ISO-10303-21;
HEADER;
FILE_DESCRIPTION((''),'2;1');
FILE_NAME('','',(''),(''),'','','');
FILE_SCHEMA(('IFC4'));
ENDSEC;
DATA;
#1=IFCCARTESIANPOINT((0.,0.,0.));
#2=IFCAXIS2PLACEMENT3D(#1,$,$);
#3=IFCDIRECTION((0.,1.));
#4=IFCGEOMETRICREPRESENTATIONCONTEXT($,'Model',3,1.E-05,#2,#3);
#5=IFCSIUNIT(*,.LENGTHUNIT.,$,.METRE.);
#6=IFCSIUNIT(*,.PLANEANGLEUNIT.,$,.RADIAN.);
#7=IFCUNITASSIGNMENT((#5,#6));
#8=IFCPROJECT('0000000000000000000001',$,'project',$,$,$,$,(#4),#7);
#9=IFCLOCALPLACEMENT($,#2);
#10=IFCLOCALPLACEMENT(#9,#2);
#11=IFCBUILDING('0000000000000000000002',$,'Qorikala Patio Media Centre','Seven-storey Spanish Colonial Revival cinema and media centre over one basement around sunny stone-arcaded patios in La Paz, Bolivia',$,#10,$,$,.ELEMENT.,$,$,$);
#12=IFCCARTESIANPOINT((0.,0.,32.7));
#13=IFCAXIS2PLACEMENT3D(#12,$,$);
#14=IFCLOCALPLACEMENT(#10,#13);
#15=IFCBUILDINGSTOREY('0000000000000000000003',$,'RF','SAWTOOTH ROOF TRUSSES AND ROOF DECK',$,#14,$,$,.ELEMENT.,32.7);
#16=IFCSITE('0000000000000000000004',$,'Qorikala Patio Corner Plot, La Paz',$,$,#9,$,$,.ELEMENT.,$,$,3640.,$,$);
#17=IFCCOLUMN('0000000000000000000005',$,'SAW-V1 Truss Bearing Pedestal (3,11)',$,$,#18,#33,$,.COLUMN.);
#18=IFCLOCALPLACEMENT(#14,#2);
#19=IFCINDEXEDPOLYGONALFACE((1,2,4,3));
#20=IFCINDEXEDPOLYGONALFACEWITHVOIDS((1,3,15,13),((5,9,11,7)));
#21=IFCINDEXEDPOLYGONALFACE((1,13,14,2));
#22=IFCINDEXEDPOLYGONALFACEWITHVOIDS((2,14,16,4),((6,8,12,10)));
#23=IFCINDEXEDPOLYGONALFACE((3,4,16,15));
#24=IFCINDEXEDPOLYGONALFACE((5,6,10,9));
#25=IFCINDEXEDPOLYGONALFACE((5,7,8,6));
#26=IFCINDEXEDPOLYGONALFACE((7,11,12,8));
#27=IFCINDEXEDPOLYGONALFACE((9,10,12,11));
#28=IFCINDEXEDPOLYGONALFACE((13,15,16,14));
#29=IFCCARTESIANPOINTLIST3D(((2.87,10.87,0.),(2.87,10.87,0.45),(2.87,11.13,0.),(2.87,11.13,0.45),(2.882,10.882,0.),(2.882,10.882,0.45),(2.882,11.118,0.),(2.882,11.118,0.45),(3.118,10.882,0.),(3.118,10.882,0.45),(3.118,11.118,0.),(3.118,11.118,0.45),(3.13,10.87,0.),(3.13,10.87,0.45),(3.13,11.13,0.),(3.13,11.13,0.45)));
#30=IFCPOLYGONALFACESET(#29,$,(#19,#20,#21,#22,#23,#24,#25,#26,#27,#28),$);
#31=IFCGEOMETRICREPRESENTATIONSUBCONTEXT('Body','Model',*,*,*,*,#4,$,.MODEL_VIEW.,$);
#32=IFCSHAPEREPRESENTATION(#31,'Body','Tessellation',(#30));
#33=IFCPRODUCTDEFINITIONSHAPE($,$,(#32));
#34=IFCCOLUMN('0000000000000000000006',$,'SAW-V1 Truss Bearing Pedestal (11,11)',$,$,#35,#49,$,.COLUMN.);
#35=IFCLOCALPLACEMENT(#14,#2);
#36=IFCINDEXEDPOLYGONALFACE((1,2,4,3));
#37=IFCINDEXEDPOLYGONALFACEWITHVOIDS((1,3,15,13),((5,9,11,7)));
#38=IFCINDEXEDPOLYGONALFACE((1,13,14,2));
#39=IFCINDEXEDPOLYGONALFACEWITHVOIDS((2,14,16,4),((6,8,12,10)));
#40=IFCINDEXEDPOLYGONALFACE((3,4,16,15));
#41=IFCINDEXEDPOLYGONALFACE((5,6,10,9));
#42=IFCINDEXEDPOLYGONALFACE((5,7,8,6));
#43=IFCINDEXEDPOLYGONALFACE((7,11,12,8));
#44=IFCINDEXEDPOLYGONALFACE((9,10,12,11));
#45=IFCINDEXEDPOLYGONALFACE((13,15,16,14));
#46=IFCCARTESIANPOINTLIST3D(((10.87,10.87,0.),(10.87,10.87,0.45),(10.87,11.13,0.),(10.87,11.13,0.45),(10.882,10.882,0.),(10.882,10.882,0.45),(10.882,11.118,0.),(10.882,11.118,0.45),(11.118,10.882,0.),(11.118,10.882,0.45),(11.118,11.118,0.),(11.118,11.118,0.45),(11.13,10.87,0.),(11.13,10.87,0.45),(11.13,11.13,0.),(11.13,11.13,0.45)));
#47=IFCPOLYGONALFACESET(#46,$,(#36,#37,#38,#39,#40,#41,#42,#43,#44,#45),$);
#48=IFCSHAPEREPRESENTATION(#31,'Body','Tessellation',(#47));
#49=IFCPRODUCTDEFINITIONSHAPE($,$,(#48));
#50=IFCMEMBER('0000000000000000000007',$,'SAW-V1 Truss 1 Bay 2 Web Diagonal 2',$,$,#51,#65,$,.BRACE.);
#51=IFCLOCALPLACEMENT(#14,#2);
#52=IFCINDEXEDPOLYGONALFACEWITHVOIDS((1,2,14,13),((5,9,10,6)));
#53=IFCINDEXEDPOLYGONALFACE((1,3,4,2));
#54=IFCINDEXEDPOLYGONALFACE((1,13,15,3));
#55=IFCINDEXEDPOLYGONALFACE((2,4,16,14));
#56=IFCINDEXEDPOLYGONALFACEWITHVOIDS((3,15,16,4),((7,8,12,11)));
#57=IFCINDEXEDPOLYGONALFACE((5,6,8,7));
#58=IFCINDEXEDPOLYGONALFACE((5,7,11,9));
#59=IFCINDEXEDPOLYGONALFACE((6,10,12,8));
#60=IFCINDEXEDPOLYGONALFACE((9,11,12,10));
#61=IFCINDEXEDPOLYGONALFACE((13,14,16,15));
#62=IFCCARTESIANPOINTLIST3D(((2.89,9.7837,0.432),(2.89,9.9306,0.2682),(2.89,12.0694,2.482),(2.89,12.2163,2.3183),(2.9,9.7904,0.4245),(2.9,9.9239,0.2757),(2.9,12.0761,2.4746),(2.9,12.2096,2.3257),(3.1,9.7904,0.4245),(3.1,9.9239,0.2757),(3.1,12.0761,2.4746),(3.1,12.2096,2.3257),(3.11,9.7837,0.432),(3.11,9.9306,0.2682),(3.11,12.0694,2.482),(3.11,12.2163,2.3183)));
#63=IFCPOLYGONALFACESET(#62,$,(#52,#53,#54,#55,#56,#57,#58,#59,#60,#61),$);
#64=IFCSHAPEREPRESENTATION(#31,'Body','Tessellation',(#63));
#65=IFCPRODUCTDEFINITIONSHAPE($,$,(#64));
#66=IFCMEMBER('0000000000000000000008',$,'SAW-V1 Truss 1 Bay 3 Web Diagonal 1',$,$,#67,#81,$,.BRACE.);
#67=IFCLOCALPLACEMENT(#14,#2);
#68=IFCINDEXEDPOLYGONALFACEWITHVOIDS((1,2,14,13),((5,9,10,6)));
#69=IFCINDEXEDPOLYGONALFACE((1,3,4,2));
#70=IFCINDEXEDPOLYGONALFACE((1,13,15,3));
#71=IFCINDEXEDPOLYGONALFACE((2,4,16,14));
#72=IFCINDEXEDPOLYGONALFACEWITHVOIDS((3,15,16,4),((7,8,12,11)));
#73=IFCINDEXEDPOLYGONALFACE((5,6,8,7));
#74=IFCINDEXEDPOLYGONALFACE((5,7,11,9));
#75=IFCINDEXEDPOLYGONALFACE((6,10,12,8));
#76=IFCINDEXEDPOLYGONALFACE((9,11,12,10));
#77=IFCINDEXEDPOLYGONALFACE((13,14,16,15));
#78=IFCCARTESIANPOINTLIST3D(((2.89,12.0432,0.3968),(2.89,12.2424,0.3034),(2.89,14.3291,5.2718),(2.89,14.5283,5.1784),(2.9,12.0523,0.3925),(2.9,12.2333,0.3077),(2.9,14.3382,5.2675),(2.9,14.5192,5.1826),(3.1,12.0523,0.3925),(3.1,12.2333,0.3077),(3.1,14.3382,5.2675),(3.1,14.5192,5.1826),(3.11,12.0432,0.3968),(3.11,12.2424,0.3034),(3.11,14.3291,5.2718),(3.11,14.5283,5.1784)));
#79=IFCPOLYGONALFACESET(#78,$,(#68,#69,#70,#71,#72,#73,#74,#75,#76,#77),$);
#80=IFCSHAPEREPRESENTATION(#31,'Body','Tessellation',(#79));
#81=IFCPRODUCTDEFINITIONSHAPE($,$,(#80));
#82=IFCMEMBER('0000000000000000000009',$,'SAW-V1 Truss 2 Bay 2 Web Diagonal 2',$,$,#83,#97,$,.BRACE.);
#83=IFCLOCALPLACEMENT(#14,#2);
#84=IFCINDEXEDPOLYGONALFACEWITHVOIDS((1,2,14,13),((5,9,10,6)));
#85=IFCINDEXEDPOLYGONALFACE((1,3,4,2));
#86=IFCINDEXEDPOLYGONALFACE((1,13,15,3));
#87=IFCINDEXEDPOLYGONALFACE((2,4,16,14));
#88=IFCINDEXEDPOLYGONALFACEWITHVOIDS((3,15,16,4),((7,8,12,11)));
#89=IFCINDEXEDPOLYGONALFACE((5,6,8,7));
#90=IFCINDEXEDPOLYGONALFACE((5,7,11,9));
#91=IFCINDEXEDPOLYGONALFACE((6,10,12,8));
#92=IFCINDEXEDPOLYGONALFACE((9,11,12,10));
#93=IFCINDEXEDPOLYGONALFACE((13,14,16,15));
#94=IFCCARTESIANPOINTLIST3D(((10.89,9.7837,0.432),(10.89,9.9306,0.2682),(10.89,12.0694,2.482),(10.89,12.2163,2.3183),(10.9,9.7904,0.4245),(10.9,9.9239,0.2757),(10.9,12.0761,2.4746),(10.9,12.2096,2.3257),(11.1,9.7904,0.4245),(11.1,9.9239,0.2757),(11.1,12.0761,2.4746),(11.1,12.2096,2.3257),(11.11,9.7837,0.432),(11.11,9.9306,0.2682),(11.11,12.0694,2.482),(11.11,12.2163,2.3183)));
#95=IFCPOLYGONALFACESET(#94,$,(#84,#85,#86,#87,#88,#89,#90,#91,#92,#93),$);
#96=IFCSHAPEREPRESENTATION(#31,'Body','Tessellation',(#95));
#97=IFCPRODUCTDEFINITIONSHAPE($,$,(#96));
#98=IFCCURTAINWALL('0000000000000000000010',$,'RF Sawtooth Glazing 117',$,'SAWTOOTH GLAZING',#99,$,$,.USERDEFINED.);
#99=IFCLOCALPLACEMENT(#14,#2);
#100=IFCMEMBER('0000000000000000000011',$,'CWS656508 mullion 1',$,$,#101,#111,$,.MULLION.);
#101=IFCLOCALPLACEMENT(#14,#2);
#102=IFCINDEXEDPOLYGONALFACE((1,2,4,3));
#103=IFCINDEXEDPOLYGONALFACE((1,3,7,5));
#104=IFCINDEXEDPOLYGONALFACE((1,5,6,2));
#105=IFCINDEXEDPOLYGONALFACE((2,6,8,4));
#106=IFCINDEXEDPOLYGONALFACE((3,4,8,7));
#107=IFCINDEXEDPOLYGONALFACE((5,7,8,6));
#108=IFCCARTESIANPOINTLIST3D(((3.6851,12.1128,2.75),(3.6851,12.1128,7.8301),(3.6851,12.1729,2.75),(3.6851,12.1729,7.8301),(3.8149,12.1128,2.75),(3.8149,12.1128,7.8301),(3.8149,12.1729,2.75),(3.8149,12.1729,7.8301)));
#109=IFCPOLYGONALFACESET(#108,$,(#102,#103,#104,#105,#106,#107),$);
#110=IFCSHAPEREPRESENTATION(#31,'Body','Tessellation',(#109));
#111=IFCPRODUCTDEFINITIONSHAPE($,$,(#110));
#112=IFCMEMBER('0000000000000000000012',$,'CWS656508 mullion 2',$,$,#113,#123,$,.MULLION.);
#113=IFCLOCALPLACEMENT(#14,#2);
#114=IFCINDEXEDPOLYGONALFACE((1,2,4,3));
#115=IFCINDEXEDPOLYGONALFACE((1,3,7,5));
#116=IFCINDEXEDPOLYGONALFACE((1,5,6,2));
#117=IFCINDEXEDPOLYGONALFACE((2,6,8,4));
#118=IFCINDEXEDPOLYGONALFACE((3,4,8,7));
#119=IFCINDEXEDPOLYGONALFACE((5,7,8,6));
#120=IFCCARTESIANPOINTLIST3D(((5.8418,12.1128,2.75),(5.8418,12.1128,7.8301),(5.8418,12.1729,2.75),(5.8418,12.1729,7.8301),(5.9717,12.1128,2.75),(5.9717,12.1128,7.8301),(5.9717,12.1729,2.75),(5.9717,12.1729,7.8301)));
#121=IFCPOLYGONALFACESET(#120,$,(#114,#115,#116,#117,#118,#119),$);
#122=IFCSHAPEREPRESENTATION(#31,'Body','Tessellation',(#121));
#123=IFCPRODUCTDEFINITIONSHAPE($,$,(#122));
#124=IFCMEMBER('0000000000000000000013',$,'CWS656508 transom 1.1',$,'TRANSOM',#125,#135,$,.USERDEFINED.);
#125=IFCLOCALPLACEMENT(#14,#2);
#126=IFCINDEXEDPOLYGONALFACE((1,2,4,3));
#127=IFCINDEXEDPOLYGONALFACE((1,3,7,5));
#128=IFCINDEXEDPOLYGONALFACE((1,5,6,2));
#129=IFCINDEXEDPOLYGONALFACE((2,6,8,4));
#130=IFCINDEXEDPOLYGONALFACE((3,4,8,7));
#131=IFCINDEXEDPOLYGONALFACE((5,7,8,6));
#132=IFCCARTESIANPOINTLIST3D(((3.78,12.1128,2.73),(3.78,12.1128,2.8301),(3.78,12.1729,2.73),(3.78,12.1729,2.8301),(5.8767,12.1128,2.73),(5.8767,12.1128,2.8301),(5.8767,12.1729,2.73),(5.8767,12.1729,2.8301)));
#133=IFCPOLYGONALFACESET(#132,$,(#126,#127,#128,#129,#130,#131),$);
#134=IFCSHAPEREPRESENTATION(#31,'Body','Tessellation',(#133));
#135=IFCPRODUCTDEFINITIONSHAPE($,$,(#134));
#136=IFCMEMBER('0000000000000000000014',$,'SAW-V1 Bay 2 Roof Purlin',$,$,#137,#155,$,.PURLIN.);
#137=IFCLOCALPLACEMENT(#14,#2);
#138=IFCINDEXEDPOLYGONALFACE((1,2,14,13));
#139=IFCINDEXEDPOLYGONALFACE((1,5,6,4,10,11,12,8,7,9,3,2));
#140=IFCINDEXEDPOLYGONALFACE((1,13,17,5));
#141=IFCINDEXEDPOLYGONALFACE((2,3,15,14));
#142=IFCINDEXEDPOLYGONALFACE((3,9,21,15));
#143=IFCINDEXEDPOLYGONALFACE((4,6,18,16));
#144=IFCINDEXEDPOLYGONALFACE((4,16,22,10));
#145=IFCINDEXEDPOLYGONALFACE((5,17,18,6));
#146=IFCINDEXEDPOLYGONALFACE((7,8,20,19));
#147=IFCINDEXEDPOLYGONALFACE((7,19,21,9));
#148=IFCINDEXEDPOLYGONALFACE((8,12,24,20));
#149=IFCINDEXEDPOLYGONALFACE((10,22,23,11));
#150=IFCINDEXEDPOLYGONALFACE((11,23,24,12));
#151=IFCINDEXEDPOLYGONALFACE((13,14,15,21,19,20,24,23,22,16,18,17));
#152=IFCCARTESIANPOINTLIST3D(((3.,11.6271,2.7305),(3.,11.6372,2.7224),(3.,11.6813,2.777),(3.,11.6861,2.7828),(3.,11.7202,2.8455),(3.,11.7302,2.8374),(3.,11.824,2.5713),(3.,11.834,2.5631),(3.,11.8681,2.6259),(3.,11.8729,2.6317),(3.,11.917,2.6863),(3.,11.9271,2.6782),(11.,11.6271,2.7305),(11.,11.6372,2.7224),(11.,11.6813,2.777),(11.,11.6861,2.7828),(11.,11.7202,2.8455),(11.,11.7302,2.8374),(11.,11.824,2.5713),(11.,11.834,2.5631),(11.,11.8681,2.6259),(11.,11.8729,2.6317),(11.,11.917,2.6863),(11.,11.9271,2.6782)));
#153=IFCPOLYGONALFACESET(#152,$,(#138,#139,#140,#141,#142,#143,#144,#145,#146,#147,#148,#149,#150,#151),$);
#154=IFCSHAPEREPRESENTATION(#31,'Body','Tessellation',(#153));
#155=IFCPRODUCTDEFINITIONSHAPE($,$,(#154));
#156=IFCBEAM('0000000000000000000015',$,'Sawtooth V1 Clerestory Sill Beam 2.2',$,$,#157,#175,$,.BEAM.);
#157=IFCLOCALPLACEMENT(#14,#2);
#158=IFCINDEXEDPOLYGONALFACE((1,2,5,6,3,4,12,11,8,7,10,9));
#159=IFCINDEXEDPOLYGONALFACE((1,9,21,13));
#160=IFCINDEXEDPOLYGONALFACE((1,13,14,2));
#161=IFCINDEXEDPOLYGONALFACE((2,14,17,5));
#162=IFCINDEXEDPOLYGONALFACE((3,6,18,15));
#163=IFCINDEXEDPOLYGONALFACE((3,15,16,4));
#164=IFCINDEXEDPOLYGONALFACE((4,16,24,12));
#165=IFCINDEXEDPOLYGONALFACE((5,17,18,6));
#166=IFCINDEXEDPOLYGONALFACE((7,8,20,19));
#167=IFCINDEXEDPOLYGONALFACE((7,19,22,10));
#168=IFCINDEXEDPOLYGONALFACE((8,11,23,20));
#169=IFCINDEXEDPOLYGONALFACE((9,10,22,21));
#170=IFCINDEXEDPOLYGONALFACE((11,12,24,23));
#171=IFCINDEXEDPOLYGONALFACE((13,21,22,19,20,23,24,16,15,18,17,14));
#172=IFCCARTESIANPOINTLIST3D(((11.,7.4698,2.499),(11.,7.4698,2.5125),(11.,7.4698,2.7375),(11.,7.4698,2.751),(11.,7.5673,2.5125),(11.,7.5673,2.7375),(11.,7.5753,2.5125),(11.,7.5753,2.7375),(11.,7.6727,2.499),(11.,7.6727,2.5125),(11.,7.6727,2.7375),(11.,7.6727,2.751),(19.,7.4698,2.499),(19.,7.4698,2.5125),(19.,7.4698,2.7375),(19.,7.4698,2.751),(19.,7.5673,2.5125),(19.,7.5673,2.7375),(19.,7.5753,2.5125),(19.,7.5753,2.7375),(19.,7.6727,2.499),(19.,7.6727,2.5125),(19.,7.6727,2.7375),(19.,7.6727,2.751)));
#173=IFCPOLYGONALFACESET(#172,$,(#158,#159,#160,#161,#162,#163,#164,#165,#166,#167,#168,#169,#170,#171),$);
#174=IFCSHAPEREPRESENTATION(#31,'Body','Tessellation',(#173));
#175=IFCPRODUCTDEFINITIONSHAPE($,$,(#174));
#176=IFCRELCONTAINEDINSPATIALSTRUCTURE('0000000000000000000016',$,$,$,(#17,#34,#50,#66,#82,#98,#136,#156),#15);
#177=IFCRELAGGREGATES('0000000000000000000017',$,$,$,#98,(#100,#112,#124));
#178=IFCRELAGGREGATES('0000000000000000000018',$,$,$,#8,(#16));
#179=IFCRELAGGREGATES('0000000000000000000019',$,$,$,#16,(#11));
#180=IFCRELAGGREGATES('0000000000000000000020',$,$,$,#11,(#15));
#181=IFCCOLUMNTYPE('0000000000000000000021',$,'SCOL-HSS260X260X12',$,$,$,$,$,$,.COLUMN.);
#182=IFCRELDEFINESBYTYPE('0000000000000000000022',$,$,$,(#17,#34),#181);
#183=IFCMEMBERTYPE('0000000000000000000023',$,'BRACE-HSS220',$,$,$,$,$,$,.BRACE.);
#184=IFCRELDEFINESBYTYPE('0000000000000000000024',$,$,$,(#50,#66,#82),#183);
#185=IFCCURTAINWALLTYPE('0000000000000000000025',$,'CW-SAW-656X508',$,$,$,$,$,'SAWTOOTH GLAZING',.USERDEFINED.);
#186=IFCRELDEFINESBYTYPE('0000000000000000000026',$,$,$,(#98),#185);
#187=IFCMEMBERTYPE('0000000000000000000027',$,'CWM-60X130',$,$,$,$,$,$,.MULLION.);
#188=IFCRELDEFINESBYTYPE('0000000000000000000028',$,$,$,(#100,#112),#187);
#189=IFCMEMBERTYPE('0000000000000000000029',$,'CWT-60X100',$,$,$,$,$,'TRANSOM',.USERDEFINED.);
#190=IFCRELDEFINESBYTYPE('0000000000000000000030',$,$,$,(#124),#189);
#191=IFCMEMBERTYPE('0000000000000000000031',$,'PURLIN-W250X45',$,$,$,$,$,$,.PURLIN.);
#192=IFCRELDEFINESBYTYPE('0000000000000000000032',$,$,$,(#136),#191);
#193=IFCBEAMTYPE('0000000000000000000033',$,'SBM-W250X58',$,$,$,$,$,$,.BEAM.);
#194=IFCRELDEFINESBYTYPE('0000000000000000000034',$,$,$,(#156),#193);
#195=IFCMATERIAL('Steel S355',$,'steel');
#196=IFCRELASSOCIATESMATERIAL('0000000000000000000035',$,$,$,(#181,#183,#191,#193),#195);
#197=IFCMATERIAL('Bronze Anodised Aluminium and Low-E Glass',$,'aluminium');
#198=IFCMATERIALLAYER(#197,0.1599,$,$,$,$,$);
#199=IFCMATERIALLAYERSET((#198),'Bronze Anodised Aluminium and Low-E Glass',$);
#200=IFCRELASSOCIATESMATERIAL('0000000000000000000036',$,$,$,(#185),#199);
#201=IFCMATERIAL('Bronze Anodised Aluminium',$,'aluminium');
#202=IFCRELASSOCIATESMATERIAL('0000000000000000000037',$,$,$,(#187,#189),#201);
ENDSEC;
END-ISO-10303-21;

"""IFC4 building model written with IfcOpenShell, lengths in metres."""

from ifc_helpers import new_model, si_unit, direction, frame, origin, origin_2d, place, context, subcontext, project, spatial, rectangle, hollow_rectangle, i_section, extrude, material, layer, layer_set, material_profile, profile_set, type_object, element, aggregate, save


model = new_model("IFC4")

# Units and contexts
model_context = context("Model", 3, precision=1e-05, world=origin(), true_north=direction((0.0, 1.0)))
body_context = subcontext(model_context, "Body", "Model", "MODEL_VIEW")
ifc_project = project(units=[si_unit("LENGTHUNIT", "METRE"), si_unit("PLANEANGLEUNIT", "RADIAN")], contexts=[model_context])

# Site, building, storey
site_placement = place(None, origin())
site = spatial("IfcSite", under=ifc_project, at=site_placement, Name="Qorikala Patio Corner Plot, La Paz", CompositionType="ELEMENT", RefElevation=3640.0)
building_placement = place(site_placement, origin())
building = spatial("IfcBuilding", under=site, at=building_placement, Name="Qorikala Patio Media Centre", Description="Seven-storey Spanish Colonial Revival cinema and media centre over one basement around sunny stone-arcaded patios in La Paz, Bolivia", CompositionType="ELEMENT")
storey_placement = place(building_placement, frame((0.0, 0.0, 32.7)))
storey = spatial("IfcBuildingStorey", under=building, at=storey_placement, Name="RF", Description="SAWTOOTH ROOF TRUSSES AND ROOF DECK", CompositionType="ELEMENT", Elevation=32.7)

# Columns
ifc_material_1 = material(Name="Steel S355", Category="steel")
ifc_material_profile_1 = material_profile(ifc_material_1, hollow_rectangle(XDim=0.26, YDim=0.26, WallThickness=0.012, at=origin_2d()), Name="HSS260X260X12")
ifc_profile_set_1 = profile_set([ifc_material_profile_1], Name="Steel S355")
column_type = type_object("IfcColumnType", Name="SCOL-HSS260X260X12", PredefinedType="COLUMN", material=ifc_profile_set_1)
for number, where, z_axis, x_axis, name in (
    (1, (3.0, 11.0, 0.0), (0.0, 0.0, 1.0), (1.0, 0.0, 0.0), "SAW-V1 Truss Bearing Pedestal (3,11)"),
    (2, (11.0, 11.0, 0.0), (0.0, 0.0, 1.0), (1.0, 0.0, 0.0), "SAW-V1 Truss Bearing Pedestal (11,11)"),
):
    element("IfcColumn", number, at=place(storey_placement, frame(where, z_axis=z_axis, x_axis=x_axis)), inside=storey, type_object=column_type, Name=name, PredefinedType="COLUMN", context=body_context, shape_type="SweptSolid", body=[
        extrude(hollow_rectangle(XDim=0.26, YDim=0.26, WallThickness=0.012, at=origin_2d()), origin(), (0.0, 0.0, 1.0), 0.45),
    ])

# Members
ifc_material_profile_2 = material_profile(ifc_material_1, hollow_rectangle(XDim=0.22, YDim=0.22, WallThickness=0.01, at=origin_2d()), Name="HSS220X220X10")
ifc_profile_set_2 = profile_set([ifc_material_profile_2], Name="Steel S355")
member_type_1 = type_object("IfcMemberType", Name="BRACE-HSS220", PredefinedType="BRACE", material=ifc_profile_set_2)
member_1_placement = place(storey_placement, frame((3.0, 9.8572, 0.3501), z_axis=(0.0, 0.744432, 0.667699), x_axis=(-1.0, 0.0, 0.0)))
element("IfcMember", 3, at=member_1_placement, inside=storey, type_object=member_type_1, Name="SAW-V1 Truss 1 Bay 2 Web Diagonal 2", PredefinedType="BRACE", context=body_context, shape_type="SweptSolid", body=[
    extrude(hollow_rectangle(XDim=0.22, YDim=0.22, WallThickness=0.01, at=origin_2d()), origin(), (0.0, 0.0, 1.0), 3.0703),
])
member_2_placement = place(storey_placement, frame((3.0, 12.1428, 0.3501), z_axis=(0.0, 0.424545, 0.905407), x_axis=(-1.0, 0.0, 0.0)))
element("IfcMember", 4, at=member_2_placement, inside=storey, type_object=member_type_1, Name="SAW-V1 Truss 1 Bay 3 Web Diagonal 1", PredefinedType="BRACE", context=body_context, shape_type="SweptSolid", body=[
    extrude(hollow_rectangle(XDim=0.22, YDim=0.22, WallThickness=0.01, at=origin_2d()), origin(), (0.0, 0.0, 1.0), 5.3843),
])
member_3_placement = place(storey_placement, frame((11.0, 9.8572, 0.3501), z_axis=(0.0, 0.744432, 0.667699), x_axis=(-1.0, 0.0, 0.0)))
element("IfcMember", 5, at=member_3_placement, inside=storey, type_object=member_type_1, Name="SAW-V1 Truss 2 Bay 2 Web Diagonal 2", PredefinedType="BRACE", context=body_context, shape_type="SweptSolid", body=[
    extrude(hollow_rectangle(XDim=0.22, YDim=0.22, WallThickness=0.01, at=origin_2d()), origin(), (0.0, 0.0, 1.0), 3.0703),
])

# Curtain wall, members
ifc_material_2 = material(Name="Bronze Anodised Aluminium and Low-E Glass", Category="aluminium")
ifc_layer_1 = layer(ifc_material_2, 0.1599)
ifc_layer_set_1 = layer_set([ifc_layer_1], Name="Bronze Anodised Aluminium and Low-E Glass")
curtain_wall_type = type_object("IfcCurtainWallType", Name="CW-SAW-656X508", ElementType="SAWTOOTH GLAZING", PredefinedType="USERDEFINED", material=ifc_layer_set_1)
curtain_wall_placement = place(storey_placement, origin())
curtain_wall = element("IfcCurtainWall", 6, at=curtain_wall_placement, inside=storey, type_object=curtain_wall_type, Name="RF Sawtooth Glazing 117", ObjectType="SAWTOOTH GLAZING", PredefinedType="USERDEFINED")
ifc_material_3 = material(Name="Bronze Anodised Aluminium", Category="aluminium")
ifc_material_profile_3 = material_profile(ifc_material_3, rectangle(XDim=0.0601, YDim=0.1299, at=origin_2d()), Name="ALU MULLION 60x130")
ifc_profile_set_3 = profile_set([ifc_material_profile_3], Name="Bronze Anodised Aluminium")
member_type_2 = type_object("IfcMemberType", Name="CWM-60X130", PredefinedType="MULLION", material=ifc_profile_set_3)
member_4_placement = place(storey_placement, frame((3.75, 12.1428, 2.75), z_axis=(0.0, 0.0, 1.0), x_axis=(0.0, 1.0, 0.0)))
member_4 = element("IfcMember", 7, at=member_4_placement, type_object=member_type_2, Name="CWS656508 mullion 1", PredefinedType="MULLION", context=body_context, shape_type="SweptSolid", body=[
    extrude(rectangle(XDim=0.0601, YDim=0.1299, at=origin_2d()), origin(), (0.0, 0.0, 1.0), 5.0801),
])
member_5_placement = place(storey_placement, frame((5.9067, 12.1428, 2.75), z_axis=(0.0, 0.0, 1.0), x_axis=(0.0, 1.0, 0.0)))
member_5 = element("IfcMember", 8, at=member_5_placement, type_object=member_type_2, Name="CWS656508 mullion 2", PredefinedType="MULLION", context=body_context, shape_type="SweptSolid", body=[
    extrude(rectangle(XDim=0.0601, YDim=0.1299, at=origin_2d()), origin(), (0.0, 0.0, 1.0), 5.0801),
])
ifc_material_profile_4 = material_profile(ifc_material_3, rectangle(XDim=0.0601, YDim=0.1001, at=origin_2d()), Name="ALU TRANSOM 60x100")
ifc_profile_set_4 = profile_set([ifc_material_profile_4], Name="Bronze Anodised Aluminium")
member_type_3 = type_object("IfcMemberType", Name="CWT-60X100", ElementType="TRANSOM", PredefinedType="USERDEFINED", material=ifc_profile_set_4)
member_6_placement = place(storey_placement, frame((3.78, 12.1428, 2.78), z_axis=(1.0, 0.0, 0.0), x_axis=(0.0, 1.0, 0.0)))
member_6 = element("IfcMember", 9, at=member_6_placement, type_object=member_type_3, Name="CWS656508 transom 1.1", ObjectType="TRANSOM", PredefinedType="USERDEFINED", context=body_context, shape_type="SweptSolid", body=[
    extrude(rectangle(XDim=0.0601, YDim=0.1001, at=origin_2d()), origin(), (0.0, 0.0, 1.0), 2.0967),
])
aggregate(curtain_wall, [member_4, member_5, member_6])

# Member
ifc_material_profile_5 = material_profile(ifc_material_1, i_section(OverallWidth=0.1479, OverallDepth=0.2661, WebThickness=0.0076, FlangeThickness=0.0129, at=origin_2d()), Name="W250X45")
ifc_profile_set_5 = profile_set([ifc_material_profile_5], Name="Steel S355")
member_type_4 = type_object("IfcMemberType", Name="PURLIN-W250X45", PredefinedType="PURLIN", material=ifc_profile_set_5)
member_7_placement = place(storey_placement, frame((3.0, 11.7771, 2.7043), z_axis=(1.0, 0.0, 0.0), x_axis=(0.0, 0.628995, 0.77741)))
element("IfcMember", 10, at=member_7_placement, inside=storey, type_object=member_type_4, Name="SAW-V1 Bay 2 Roof Purlin", PredefinedType="PURLIN", context=body_context, shape_type="SweptSolid", body=[
    extrude(i_section(OverallWidth=0.1479, OverallDepth=0.2661, WebThickness=0.0076, FlangeThickness=0.0129, at=origin_2d()), origin(), (0.0, 0.0, 1.0), 8.0),
])

# Beam
ifc_material_profile_6 = material_profile(ifc_material_1, i_section(OverallWidth=0.2029, OverallDepth=0.252, WebThickness=0.0081, FlangeThickness=0.0134, at=origin_2d()), Name="W250X58")
ifc_profile_set_6 = profile_set([ifc_material_profile_6], Name="Steel S355")
beam_type_1 = type_object("IfcBeamType", Name="SBM-W250X58", PredefinedType="BEAM", material=ifc_profile_set_6)
for number, where, z_axis, x_axis, name in (
    (11, (11.0, 7.5713, 2.625), (1.0, 0.0, 0.0), (0.0, 1.0, 0.0), "Sawtooth V1 Clerestory Sill Beam 2.2"),
):
    element("IfcBeam", number, at=place(storey_placement, frame(where, z_axis=z_axis, x_axis=x_axis)), inside=storey, type_object=beam_type_1, Name=name, PredefinedType="BEAM", context=body_context, shape_type="SweptSolid", body=[
        extrude(i_section(OverallWidth=0.2029, OverallDepth=0.252, WebThickness=0.0081, FlangeThickness=0.0134, at=origin_2d()), origin(), (0.0, 0.0, 1.0), 8.0),
    ])

save(model, "model.ifc")
